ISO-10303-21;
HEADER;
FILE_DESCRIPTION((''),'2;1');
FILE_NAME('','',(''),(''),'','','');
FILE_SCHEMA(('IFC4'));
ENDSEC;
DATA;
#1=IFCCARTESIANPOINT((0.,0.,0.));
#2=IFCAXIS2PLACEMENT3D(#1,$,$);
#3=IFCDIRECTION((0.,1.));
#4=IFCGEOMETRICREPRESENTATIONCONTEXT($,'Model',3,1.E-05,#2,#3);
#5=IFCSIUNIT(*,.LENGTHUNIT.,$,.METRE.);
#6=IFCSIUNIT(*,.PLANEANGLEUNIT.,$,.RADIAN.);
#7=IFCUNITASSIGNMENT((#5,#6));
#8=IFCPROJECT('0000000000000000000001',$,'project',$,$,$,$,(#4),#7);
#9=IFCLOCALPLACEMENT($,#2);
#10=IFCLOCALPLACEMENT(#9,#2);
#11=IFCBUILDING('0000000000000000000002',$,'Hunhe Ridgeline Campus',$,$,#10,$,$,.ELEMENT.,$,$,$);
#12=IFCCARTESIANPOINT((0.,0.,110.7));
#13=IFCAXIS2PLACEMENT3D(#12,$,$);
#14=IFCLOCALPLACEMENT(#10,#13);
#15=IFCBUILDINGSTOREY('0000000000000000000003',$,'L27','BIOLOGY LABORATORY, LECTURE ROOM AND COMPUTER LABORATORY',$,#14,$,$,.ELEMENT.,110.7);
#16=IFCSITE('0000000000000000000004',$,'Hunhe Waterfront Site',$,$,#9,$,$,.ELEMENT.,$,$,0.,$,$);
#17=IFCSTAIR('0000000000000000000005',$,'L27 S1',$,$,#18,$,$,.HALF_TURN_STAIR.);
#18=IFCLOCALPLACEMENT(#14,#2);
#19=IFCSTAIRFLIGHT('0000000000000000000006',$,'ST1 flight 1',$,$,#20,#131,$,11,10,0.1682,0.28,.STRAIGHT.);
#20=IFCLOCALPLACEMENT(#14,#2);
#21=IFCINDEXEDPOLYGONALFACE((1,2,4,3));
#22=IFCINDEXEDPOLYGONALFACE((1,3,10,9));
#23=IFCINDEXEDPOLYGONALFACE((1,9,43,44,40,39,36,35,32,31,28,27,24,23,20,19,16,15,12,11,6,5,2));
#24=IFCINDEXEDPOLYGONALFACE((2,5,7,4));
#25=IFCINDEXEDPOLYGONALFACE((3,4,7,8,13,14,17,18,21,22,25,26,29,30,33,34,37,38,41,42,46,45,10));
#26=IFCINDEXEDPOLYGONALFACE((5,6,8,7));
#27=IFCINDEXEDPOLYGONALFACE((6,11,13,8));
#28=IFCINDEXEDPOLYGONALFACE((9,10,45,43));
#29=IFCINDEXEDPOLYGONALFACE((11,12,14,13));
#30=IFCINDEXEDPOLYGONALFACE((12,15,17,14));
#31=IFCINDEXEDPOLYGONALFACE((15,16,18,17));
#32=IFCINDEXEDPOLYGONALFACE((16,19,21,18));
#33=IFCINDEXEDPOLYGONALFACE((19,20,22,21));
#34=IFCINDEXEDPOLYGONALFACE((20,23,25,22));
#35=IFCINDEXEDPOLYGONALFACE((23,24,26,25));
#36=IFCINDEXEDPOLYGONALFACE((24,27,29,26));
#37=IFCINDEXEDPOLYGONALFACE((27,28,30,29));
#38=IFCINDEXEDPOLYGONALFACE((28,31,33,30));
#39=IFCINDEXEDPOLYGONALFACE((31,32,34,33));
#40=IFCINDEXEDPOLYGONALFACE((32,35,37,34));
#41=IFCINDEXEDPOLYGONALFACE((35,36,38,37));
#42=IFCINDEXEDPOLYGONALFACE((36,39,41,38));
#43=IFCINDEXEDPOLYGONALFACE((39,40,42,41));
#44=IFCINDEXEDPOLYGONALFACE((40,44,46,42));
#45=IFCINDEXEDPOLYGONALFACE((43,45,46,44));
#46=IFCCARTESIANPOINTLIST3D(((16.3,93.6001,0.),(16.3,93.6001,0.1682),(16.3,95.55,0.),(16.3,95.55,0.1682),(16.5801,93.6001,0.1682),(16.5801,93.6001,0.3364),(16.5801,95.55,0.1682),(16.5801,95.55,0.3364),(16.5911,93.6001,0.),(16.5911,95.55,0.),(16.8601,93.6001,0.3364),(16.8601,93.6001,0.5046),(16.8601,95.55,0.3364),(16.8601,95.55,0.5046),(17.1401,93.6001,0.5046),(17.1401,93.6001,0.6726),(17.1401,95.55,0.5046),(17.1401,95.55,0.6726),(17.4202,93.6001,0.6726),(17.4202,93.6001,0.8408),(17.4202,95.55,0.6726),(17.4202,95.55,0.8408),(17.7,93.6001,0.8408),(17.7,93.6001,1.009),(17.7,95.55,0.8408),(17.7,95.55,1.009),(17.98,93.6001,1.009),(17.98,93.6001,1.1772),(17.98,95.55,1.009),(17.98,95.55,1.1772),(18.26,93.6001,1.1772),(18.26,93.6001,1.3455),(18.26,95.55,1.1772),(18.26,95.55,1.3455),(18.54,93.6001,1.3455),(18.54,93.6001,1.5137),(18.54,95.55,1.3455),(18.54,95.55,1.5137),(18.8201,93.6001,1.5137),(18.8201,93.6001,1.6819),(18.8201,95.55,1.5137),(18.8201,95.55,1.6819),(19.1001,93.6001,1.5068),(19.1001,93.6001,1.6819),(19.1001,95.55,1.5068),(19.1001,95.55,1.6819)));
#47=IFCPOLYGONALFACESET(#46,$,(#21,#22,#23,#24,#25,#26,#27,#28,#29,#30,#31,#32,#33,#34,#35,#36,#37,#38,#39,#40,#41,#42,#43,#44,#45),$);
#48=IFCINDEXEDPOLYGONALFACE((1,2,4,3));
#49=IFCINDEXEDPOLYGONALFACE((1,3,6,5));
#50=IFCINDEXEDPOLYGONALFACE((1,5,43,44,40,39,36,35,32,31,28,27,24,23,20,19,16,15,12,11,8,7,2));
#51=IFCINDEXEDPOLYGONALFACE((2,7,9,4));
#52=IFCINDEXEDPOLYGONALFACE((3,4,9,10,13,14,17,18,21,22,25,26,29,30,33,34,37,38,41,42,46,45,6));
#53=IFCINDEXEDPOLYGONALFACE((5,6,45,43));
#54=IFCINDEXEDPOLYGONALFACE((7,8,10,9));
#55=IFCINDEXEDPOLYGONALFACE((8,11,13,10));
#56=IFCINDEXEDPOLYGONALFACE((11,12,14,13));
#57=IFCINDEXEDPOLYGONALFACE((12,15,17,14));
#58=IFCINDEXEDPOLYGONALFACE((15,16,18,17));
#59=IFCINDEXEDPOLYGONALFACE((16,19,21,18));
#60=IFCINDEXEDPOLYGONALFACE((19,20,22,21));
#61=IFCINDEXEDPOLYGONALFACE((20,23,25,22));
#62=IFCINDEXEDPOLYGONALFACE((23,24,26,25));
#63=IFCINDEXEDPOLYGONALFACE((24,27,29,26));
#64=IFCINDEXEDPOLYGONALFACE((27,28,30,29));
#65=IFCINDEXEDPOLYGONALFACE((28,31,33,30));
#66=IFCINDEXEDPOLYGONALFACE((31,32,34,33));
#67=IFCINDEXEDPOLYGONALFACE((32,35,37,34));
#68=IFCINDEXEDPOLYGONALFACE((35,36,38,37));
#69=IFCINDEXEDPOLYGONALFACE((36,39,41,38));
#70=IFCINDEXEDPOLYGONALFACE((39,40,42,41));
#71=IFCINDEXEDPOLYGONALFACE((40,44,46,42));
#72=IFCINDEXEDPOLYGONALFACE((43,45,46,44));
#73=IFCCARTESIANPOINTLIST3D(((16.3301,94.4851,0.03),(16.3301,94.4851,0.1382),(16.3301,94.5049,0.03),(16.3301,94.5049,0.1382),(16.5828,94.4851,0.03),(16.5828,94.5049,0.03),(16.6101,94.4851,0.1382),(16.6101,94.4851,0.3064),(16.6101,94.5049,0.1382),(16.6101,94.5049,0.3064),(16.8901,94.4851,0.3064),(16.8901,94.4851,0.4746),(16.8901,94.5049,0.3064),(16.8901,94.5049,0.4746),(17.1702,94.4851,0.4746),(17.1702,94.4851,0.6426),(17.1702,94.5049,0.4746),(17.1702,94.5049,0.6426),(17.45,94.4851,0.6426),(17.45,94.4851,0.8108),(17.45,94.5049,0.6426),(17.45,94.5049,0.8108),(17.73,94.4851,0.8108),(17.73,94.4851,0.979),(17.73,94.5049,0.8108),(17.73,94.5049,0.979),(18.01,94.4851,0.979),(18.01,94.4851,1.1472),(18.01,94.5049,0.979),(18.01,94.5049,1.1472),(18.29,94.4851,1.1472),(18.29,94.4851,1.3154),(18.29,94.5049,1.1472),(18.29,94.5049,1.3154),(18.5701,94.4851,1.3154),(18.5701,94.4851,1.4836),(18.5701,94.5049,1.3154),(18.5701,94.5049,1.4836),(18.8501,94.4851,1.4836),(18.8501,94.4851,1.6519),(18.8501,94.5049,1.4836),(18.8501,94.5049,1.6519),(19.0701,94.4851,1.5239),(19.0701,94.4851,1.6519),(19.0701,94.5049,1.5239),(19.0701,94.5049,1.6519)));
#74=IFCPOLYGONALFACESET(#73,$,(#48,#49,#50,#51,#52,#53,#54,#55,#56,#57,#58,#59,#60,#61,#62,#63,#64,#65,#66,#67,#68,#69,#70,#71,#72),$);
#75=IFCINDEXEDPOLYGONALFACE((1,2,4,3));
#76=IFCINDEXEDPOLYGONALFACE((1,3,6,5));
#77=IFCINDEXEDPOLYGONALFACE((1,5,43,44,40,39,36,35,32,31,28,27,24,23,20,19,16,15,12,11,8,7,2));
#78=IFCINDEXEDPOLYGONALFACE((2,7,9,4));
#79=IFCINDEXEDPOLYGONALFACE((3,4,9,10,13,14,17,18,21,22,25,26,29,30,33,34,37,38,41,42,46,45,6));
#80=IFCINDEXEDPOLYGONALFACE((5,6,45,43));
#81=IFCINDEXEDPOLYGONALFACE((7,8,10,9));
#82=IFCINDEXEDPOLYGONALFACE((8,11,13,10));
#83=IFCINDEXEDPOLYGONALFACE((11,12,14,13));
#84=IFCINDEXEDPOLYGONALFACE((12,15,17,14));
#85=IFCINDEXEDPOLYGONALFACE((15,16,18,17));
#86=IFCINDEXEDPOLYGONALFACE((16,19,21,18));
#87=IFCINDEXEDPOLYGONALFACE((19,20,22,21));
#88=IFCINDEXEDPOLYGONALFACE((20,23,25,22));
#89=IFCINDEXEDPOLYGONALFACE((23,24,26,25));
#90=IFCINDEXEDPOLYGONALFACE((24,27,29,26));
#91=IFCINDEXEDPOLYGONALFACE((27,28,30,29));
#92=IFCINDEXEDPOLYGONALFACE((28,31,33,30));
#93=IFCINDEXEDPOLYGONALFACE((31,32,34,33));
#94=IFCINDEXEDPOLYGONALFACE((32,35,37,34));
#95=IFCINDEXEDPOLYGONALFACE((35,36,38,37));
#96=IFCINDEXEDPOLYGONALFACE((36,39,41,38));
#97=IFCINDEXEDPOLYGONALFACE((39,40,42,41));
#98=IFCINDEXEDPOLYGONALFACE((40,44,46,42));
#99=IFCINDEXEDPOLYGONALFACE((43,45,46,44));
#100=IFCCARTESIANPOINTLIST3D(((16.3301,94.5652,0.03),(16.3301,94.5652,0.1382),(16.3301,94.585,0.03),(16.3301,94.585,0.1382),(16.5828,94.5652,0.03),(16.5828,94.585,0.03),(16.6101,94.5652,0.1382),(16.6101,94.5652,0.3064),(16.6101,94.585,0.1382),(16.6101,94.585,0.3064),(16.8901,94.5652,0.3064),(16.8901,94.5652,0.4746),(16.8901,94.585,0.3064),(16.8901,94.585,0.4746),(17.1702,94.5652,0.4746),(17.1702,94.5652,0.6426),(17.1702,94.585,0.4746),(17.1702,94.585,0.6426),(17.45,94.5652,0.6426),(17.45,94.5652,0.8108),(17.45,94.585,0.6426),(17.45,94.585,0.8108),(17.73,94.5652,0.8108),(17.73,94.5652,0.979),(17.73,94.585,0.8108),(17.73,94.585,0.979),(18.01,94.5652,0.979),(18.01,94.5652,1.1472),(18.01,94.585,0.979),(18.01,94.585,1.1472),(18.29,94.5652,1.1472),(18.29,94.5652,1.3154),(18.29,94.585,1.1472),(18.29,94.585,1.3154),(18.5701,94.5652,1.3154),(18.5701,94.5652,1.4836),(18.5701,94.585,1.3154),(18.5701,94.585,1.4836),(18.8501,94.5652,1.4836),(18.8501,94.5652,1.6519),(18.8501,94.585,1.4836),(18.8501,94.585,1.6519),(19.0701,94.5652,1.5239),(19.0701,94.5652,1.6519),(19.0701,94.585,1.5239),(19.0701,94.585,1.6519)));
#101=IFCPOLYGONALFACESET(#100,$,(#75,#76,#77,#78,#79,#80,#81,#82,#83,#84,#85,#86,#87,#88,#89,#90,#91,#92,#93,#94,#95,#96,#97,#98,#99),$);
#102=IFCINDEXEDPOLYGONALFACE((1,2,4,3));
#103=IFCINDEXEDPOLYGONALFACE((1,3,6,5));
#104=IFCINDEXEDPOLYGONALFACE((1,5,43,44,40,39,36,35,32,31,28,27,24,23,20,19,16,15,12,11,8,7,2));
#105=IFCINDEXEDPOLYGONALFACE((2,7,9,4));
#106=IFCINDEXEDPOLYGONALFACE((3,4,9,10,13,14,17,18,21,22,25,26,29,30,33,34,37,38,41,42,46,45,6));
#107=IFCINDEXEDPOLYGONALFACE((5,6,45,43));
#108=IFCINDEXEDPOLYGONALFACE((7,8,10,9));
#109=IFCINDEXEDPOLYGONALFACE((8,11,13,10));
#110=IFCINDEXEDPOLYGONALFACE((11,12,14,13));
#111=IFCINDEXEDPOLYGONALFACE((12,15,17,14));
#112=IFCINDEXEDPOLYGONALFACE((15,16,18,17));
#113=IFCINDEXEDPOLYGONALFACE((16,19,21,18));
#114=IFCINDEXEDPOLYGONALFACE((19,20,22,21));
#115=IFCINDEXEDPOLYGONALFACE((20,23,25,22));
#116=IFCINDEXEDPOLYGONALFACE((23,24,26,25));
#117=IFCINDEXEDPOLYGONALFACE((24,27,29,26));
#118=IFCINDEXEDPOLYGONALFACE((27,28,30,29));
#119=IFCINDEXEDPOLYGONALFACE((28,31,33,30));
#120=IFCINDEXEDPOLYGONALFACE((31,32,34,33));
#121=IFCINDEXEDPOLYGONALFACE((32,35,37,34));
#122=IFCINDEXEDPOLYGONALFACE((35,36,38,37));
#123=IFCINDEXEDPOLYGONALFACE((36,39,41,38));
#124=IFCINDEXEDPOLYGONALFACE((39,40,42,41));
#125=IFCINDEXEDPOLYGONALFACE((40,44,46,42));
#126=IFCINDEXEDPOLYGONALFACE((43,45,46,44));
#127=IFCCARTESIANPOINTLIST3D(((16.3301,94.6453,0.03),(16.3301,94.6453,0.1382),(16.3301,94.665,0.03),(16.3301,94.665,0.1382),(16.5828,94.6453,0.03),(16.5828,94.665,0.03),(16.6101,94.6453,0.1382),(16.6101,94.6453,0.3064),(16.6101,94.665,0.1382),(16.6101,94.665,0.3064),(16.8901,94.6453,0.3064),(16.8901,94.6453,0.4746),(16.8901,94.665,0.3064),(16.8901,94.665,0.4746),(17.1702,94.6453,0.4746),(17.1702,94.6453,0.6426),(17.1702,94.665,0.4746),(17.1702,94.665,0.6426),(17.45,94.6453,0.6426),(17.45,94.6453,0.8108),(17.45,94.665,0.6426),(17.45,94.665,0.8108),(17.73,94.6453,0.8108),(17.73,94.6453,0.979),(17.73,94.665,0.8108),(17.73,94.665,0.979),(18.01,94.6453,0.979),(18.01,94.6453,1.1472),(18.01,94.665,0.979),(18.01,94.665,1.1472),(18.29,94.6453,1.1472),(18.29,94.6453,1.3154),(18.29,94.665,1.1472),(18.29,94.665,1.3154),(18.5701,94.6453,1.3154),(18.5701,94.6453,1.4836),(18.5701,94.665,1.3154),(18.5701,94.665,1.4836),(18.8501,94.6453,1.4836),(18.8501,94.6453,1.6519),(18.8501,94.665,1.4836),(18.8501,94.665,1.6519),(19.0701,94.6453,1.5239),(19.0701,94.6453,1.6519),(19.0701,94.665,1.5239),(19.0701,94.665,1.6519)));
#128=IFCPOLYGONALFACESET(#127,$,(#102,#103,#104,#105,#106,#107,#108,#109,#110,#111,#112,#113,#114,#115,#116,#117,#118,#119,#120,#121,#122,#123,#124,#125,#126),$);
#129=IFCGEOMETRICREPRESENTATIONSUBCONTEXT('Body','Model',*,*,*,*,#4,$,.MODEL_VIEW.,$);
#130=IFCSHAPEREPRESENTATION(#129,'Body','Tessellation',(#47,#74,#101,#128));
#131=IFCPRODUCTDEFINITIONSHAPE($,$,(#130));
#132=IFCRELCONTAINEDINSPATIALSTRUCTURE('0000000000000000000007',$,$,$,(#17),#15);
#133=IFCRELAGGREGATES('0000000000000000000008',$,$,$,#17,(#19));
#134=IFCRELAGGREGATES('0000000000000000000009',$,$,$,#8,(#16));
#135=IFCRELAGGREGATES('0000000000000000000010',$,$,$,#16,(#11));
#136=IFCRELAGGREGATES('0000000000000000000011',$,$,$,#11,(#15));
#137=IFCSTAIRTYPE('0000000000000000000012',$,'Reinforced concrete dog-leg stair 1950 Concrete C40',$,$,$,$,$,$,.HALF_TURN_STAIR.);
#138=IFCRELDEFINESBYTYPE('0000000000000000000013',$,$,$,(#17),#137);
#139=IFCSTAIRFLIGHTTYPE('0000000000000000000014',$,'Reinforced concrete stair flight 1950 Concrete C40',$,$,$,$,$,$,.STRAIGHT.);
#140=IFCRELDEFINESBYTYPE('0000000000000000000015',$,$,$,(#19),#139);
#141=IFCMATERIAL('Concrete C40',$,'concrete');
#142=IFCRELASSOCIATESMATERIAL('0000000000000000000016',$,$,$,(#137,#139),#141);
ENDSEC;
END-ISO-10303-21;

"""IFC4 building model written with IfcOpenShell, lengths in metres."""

from ifc_helpers import new_model, si_unit, direction, frame, origin, place, context, subcontext, project, spatial, polyline, outline, extrude, material, type_object, element, aggregate, save


model = new_model("IFC4")

# Units and contexts
model_context = context("Model", 3, precision=1e-05, world=origin(), true_north=direction((0.0, 1.0)))
body_context = subcontext(model_context, "Body", "Model", "MODEL_VIEW")
ifc_project = project(units=[si_unit("LENGTHUNIT", "METRE"), si_unit("PLANEANGLEUNIT", "RADIAN")], contexts=[model_context])

# Site, building, storey
site_placement = place(None, origin())
site = spatial("IfcSite", under=ifc_project, at=site_placement, Name="Hunhe Waterfront Site", CompositionType="ELEMENT", RefElevation=0.0)
building_placement = place(site_placement, origin())
building = spatial("IfcBuilding", under=site, at=building_placement, Name="Hunhe Ridgeline Campus", CompositionType="ELEMENT")
storey_placement = place(building_placement, frame((0.0, 0.0, 110.7)))
storey = spatial("IfcBuildingStorey", under=building, at=storey_placement, Name="L27", Description="BIOLOGY LABORATORY, LECTURE ROOM AND COMPUTER LABORATORY", CompositionType="ELEMENT", Elevation=110.7)

# Stair, stair flight
ifc_material_1 = material(Name="Concrete C40", Category="concrete")
stair_type = type_object("IfcStairType", Name="Reinforced concrete dog-leg stair 1950 Concrete C40", PredefinedType="HALF_TURN_STAIR", material=ifc_material_1)
stair_placement = place(storey_placement, origin())
stair = element("IfcStair", 1, at=stair_placement, inside=storey, type_object=stair_type, Name="L27 S1", PredefinedType="HALF_TURN_STAIR")
stair_flight_type = type_object("IfcStairFlightType", Name="Reinforced concrete stair flight 1950 Concrete C40", PredefinedType="STRAIGHT", material=ifc_material_1)
stair_flight_placement = place(storey_placement, frame((16.3, 94.575, 0.0), z_axis=(0.0, 0.0, 1.0), x_axis=(1.0, 0.0, 0.0)))
stair_flight = element("IfcStairFlight", 2, at=stair_flight_placement, type_object=stair_flight_type, Name="ST1 flight 1", NumberOfRisers=11, NumberOfTreads=10, PredefinedType="STRAIGHT", RiserHeight=0.1682, TreadLength=0.28, context=body_context, shape_type="SweptSolid", body=[
    extrude(outline(polyline([(0.0, 0.0), (0.0, 0.1682), (0.28, 0.1682), (0.28, 0.3364), (0.5601, 0.3364), (0.5601, 0.5046), (0.8401, 0.5046), (0.8401, 0.6726), (1.1201, 0.6726), (1.1201, 0.8408), (1.3999, 0.8408), (1.3999, 1.009), (1.6799, 1.009), (1.6799, 1.1772), (1.96, 1.1772), (1.96, 1.3455), (2.24, 1.3455), (2.24, 1.5137), (2.52, 1.5137), (2.52, 1.6819), (2.8, 1.6819), (2.8, 1.8501), (2.8, 1.5068), (0.291, 0.0), (0.0, 0.0)])), frame((0.0, 0.9751, 0.0), z_axis=(0.0, -1.0, 0.0), x_axis=(1.0, 0.0, 0.0)), (0.0, 0.0, 1.0), 1.95),
    extrude(outline(polyline([(0.03, 0.03), (0.03, 0.1382), (0.3101, 0.1382), (0.3101, 0.3064), (0.5901, 0.3064), (0.5901, 0.4746), (0.8701, 0.4746), (0.8701, 0.6426), (1.1499, 0.6426), (1.1499, 0.8108), (1.4299, 0.8108), (1.4299, 0.979), (1.71, 0.979), (1.71, 1.1472), (1.99, 1.1472), (1.99, 1.3154), (2.27, 1.3154), (2.27, 1.4836), (2.55, 1.4836), (2.55, 1.6519), (2.77, 1.6519), (2.77, 1.5239), (0.2827, 0.03), (0.03, 0.03)])), frame((0.0, -0.0701, 0.0), z_axis=(0.0, -1.0, 0.0), x_axis=(1.0, 0.0, 0.0)), (0.0, 0.0, 1.0), 0.0198),
    extrude(outline(polyline([(0.03, 0.03), (0.03, 0.1382), (0.3101, 0.1382), (0.3101, 0.3064), (0.5901, 0.3064), (0.5901, 0.4746), (0.8701, 0.4746), (0.8701, 0.6426), (1.1499, 0.6426), (1.1499, 0.8108), (1.4299, 0.8108), (1.4299, 0.979), (1.71, 0.979), (1.71, 1.1472), (1.99, 1.1472), (1.99, 1.3154), (2.27, 1.3154), (2.27, 1.4836), (2.55, 1.4836), (2.55, 1.6519), (2.77, 1.6519), (2.77, 1.5239), (0.2827, 0.03), (0.03, 0.03)])), frame((0.0, 0.01, 0.0), z_axis=(0.0, -1.0, 0.0), x_axis=(1.0, 0.0, 0.0)), (0.0, 0.0, 1.0), 0.0198),
    extrude(outline(polyline([(0.03, 0.03), (0.03, 0.1382), (0.3101, 0.1382), (0.3101, 0.3064), (0.5901, 0.3064), (0.5901, 0.4746), (0.8701, 0.4746), (0.8701, 0.6426), (1.1499, 0.6426), (1.1499, 0.8108), (1.4299, 0.8108), (1.4299, 0.979), (1.71, 0.979), (1.71, 1.1472), (1.99, 1.1472), (1.99, 1.3154), (2.27, 1.3154), (2.27, 1.4836), (2.55, 1.4836), (2.55, 1.6519), (2.77, 1.6519), (2.77, 1.5239), (0.2827, 0.03), (0.03, 0.03)])), frame((0.0, 0.0901, 0.0), z_axis=(0.0, -1.0, 0.0), x_axis=(1.0, 0.0, 0.0)), (0.0, 0.0, 1.0), 0.0198),
])
aggregate(stair, [stair_flight])

save(model, "model.ifc")
